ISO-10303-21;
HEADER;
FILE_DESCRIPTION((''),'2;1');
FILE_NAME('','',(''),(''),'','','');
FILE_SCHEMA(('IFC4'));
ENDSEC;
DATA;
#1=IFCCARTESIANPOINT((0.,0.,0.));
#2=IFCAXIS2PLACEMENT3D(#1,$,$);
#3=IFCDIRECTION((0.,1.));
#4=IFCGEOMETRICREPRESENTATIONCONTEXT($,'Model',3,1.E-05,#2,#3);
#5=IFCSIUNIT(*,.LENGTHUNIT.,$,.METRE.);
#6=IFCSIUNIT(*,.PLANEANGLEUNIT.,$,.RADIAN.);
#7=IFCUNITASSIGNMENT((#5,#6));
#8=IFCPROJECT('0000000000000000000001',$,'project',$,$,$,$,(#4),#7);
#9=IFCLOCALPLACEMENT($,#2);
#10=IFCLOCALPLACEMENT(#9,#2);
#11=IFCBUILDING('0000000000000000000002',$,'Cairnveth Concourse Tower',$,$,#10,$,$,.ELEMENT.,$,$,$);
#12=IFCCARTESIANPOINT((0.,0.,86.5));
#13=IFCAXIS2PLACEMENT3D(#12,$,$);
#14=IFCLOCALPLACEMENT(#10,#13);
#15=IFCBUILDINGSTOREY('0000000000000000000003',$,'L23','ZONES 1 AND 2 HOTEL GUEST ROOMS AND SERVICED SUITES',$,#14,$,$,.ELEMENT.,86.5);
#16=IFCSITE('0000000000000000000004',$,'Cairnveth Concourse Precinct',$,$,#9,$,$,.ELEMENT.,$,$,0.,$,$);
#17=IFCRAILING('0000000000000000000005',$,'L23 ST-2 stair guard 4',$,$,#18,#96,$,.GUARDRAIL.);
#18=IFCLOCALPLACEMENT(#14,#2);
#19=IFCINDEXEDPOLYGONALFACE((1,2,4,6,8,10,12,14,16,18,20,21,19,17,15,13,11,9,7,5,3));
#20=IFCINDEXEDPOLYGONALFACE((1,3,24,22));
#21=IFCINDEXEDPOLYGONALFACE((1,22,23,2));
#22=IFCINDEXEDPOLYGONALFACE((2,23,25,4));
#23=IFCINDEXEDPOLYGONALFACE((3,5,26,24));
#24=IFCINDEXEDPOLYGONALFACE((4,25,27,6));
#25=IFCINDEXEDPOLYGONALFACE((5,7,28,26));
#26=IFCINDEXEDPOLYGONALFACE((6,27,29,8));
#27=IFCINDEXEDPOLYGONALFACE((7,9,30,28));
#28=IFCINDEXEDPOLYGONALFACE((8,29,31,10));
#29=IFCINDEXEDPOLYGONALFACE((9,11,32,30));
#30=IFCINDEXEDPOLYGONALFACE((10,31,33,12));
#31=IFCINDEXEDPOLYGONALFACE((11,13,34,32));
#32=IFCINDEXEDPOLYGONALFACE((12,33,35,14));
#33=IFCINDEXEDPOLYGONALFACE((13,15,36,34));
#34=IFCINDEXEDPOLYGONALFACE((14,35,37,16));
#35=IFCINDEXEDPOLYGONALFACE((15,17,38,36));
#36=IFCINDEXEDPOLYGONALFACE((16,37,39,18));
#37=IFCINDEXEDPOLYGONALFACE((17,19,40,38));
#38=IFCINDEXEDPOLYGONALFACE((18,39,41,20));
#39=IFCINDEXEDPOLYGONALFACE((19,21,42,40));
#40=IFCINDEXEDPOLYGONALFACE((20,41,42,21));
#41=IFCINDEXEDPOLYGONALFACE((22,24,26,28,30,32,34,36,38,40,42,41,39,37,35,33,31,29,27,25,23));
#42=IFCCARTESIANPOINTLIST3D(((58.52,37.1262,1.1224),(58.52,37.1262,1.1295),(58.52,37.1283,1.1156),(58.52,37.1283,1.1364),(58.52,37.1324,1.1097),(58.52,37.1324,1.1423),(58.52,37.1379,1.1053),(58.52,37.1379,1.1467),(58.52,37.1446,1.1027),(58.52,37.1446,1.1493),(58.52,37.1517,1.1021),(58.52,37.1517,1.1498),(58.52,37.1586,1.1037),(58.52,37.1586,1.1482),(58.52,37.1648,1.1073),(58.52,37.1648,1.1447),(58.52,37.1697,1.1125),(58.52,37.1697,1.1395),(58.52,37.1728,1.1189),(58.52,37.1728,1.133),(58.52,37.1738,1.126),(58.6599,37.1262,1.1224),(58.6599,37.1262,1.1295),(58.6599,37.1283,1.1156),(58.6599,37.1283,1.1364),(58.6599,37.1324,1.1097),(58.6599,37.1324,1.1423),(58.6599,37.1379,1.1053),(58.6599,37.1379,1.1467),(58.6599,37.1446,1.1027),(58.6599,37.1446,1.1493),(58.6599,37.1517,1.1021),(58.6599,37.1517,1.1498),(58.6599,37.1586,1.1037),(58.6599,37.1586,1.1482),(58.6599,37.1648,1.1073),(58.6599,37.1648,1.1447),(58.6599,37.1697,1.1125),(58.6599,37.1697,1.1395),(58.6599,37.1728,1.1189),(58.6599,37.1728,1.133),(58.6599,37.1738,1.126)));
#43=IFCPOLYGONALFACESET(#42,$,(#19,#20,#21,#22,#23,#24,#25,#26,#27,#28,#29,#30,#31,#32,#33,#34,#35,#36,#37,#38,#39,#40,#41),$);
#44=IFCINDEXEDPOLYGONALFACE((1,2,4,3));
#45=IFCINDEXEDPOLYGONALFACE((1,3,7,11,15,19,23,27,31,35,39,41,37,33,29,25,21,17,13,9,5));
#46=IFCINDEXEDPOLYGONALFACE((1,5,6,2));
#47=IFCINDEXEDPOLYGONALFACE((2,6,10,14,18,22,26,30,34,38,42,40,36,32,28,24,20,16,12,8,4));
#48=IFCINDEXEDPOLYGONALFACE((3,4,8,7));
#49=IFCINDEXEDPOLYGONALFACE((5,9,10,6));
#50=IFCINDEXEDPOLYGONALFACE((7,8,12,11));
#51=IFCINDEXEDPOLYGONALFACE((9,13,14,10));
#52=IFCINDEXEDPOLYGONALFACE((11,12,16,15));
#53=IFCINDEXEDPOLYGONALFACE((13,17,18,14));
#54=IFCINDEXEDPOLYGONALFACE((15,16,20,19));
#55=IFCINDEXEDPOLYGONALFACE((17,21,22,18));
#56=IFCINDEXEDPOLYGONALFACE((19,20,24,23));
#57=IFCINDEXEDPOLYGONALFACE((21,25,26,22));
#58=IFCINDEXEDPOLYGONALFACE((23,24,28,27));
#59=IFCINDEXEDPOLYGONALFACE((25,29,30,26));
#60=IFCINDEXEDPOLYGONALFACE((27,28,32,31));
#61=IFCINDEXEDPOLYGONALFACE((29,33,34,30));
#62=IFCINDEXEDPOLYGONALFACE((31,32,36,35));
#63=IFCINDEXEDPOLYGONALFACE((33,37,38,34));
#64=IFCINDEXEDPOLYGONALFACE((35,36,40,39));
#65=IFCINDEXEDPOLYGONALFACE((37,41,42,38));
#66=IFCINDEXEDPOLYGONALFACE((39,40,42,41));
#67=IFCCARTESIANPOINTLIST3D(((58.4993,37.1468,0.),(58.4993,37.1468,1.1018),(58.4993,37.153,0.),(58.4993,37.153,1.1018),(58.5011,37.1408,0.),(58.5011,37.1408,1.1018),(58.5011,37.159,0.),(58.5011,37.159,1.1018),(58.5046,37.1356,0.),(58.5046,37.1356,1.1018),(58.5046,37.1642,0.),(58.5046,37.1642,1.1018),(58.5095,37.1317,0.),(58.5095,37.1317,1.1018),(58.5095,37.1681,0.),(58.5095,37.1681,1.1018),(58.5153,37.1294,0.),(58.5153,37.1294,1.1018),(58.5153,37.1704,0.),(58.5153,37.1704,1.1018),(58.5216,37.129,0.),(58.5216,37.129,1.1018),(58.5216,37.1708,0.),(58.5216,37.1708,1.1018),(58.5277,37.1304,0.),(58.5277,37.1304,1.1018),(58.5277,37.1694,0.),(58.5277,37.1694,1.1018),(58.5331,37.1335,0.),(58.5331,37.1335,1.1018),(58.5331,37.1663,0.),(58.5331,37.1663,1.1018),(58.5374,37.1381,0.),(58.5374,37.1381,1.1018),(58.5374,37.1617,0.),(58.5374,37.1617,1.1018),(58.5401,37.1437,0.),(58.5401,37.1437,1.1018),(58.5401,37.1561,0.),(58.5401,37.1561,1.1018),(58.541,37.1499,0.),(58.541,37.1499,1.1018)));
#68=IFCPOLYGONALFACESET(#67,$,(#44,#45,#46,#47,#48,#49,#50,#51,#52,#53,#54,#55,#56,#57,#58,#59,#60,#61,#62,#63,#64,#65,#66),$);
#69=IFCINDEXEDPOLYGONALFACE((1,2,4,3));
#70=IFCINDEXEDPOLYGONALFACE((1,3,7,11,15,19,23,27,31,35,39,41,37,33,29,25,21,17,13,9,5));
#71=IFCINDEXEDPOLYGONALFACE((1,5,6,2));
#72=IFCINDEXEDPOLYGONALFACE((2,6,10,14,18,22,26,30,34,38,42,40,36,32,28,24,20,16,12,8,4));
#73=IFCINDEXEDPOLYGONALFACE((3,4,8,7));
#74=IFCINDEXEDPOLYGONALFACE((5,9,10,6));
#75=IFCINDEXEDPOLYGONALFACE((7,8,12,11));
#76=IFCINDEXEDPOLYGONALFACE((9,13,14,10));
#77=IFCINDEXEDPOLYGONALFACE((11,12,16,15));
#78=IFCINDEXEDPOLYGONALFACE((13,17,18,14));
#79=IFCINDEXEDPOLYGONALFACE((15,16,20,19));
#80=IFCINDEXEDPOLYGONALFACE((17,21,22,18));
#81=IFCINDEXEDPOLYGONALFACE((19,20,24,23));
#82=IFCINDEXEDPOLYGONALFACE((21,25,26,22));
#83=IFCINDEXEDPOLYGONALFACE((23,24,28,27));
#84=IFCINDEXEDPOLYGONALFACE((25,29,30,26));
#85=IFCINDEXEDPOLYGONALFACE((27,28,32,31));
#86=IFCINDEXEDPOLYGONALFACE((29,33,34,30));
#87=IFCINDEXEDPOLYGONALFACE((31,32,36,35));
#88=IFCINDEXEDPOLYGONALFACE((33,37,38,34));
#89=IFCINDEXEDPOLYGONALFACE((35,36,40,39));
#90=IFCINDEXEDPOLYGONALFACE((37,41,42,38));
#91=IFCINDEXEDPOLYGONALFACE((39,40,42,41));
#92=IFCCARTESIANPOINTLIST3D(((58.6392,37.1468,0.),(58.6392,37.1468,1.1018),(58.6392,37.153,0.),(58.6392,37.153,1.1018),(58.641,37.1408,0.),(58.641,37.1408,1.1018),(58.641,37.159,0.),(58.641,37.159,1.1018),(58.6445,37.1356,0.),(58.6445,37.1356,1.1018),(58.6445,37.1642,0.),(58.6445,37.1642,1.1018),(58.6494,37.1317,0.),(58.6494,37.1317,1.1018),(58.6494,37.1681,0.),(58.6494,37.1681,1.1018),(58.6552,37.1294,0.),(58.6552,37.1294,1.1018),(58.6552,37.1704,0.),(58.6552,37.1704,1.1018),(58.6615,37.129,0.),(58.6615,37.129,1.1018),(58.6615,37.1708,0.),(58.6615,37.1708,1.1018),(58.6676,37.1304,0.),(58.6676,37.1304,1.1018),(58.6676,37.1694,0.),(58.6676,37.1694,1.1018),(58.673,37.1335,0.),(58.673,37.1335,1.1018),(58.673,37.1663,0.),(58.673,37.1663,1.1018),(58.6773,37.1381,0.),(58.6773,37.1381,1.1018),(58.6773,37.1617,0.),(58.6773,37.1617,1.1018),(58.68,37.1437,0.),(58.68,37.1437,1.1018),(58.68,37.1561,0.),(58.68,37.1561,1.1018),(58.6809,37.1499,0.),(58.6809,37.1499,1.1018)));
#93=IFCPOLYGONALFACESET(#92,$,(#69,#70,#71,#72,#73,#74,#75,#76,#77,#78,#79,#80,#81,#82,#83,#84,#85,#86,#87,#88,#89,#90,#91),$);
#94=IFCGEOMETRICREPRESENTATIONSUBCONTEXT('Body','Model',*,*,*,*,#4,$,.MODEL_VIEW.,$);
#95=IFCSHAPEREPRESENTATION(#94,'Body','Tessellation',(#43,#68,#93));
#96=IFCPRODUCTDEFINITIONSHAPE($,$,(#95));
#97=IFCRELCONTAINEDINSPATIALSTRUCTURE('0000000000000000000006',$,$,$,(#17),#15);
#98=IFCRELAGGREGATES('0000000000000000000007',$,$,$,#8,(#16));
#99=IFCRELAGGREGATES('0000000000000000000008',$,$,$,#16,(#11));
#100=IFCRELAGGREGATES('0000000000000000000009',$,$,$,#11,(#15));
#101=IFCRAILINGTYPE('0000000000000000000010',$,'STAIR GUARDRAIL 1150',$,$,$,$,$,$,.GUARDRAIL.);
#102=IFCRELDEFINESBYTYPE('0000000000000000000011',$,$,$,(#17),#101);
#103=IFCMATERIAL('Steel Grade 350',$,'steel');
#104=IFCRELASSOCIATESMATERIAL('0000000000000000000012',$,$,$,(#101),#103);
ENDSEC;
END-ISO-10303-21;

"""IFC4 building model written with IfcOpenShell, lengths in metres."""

from ifc_helpers import new_model, si_unit, direction, frame, origin, origin_2d, place, context, subcontext, project, spatial, circle, extrude, material, type_object, element, save


model = new_model("IFC4")

# Units and contexts
model_context = context("Model", 3, precision=1e-05, world=origin(), true_north=direction((0.0, 1.0)))
body_context = subcontext(model_context, "Body", "Model", "MODEL_VIEW")
ifc_project = project(units=[si_unit("LENGTHUNIT", "METRE"), si_unit("PLANEANGLEUNIT", "RADIAN")], contexts=[model_context])

# Site, building, storey
site_placement = place(None, origin())
site = spatial("IfcSite", under=ifc_project, at=site_placement, Name="Cairnveth Concourse Precinct", CompositionType="ELEMENT", RefElevation=0.0)
building_placement = place(site_placement, origin())
building = spatial("IfcBuilding", under=site, at=building_placement, Name="Cairnveth Concourse Tower", CompositionType="ELEMENT")
storey_placement = place(building_placement, frame((0.0, 0.0, 86.5)))
storey = spatial("IfcBuildingStorey", under=building, at=storey_placement, Name="L23", Description="ZONES 1 AND 2 HOTEL GUEST ROOMS AND SERVICED SUITES", CompositionType="ELEMENT", Elevation=86.5)

# Shared definitions
ifc_material_1 = material(Name="Steel Grade 350", Category="steel")

# Railing
railing_type_1 = type_object("IfcRailingType", Name="STAIR GUARDRAIL 1150", PredefinedType="GUARDRAIL", material=ifc_material_1)
railing_1_placement = place(storey_placement, frame((58.52, 37.1499, 0.0)))
element("IfcRailing", 1, at=railing_1_placement, inside=storey, type_object=railing_type_1, Name="L23 ST-2 stair guard 4", PredefinedType="GUARDRAIL", context=body_context, shape_type="SweptSolid", body=[
    extrude(circle(Radius=0.0239, at=origin_2d()), frame((0.0, 0.0, 1.126), z_axis=(1.0, 0.0, 0.0), x_axis=(0.0, 1.0, 0.0)), (0.0, 0.0, 1.0), 0.1399),
    extrude(circle(Radius=0.021, at=origin_2d()), origin(), (0.0, 0.0, 1.0), 1.1018),
    extrude(circle(Radius=0.021, at=origin_2d()), frame((0.1399, 0.0, 0.0)), (0.0, 0.0, 1.0), 1.1018),
])

save(model, "model.ifc")
